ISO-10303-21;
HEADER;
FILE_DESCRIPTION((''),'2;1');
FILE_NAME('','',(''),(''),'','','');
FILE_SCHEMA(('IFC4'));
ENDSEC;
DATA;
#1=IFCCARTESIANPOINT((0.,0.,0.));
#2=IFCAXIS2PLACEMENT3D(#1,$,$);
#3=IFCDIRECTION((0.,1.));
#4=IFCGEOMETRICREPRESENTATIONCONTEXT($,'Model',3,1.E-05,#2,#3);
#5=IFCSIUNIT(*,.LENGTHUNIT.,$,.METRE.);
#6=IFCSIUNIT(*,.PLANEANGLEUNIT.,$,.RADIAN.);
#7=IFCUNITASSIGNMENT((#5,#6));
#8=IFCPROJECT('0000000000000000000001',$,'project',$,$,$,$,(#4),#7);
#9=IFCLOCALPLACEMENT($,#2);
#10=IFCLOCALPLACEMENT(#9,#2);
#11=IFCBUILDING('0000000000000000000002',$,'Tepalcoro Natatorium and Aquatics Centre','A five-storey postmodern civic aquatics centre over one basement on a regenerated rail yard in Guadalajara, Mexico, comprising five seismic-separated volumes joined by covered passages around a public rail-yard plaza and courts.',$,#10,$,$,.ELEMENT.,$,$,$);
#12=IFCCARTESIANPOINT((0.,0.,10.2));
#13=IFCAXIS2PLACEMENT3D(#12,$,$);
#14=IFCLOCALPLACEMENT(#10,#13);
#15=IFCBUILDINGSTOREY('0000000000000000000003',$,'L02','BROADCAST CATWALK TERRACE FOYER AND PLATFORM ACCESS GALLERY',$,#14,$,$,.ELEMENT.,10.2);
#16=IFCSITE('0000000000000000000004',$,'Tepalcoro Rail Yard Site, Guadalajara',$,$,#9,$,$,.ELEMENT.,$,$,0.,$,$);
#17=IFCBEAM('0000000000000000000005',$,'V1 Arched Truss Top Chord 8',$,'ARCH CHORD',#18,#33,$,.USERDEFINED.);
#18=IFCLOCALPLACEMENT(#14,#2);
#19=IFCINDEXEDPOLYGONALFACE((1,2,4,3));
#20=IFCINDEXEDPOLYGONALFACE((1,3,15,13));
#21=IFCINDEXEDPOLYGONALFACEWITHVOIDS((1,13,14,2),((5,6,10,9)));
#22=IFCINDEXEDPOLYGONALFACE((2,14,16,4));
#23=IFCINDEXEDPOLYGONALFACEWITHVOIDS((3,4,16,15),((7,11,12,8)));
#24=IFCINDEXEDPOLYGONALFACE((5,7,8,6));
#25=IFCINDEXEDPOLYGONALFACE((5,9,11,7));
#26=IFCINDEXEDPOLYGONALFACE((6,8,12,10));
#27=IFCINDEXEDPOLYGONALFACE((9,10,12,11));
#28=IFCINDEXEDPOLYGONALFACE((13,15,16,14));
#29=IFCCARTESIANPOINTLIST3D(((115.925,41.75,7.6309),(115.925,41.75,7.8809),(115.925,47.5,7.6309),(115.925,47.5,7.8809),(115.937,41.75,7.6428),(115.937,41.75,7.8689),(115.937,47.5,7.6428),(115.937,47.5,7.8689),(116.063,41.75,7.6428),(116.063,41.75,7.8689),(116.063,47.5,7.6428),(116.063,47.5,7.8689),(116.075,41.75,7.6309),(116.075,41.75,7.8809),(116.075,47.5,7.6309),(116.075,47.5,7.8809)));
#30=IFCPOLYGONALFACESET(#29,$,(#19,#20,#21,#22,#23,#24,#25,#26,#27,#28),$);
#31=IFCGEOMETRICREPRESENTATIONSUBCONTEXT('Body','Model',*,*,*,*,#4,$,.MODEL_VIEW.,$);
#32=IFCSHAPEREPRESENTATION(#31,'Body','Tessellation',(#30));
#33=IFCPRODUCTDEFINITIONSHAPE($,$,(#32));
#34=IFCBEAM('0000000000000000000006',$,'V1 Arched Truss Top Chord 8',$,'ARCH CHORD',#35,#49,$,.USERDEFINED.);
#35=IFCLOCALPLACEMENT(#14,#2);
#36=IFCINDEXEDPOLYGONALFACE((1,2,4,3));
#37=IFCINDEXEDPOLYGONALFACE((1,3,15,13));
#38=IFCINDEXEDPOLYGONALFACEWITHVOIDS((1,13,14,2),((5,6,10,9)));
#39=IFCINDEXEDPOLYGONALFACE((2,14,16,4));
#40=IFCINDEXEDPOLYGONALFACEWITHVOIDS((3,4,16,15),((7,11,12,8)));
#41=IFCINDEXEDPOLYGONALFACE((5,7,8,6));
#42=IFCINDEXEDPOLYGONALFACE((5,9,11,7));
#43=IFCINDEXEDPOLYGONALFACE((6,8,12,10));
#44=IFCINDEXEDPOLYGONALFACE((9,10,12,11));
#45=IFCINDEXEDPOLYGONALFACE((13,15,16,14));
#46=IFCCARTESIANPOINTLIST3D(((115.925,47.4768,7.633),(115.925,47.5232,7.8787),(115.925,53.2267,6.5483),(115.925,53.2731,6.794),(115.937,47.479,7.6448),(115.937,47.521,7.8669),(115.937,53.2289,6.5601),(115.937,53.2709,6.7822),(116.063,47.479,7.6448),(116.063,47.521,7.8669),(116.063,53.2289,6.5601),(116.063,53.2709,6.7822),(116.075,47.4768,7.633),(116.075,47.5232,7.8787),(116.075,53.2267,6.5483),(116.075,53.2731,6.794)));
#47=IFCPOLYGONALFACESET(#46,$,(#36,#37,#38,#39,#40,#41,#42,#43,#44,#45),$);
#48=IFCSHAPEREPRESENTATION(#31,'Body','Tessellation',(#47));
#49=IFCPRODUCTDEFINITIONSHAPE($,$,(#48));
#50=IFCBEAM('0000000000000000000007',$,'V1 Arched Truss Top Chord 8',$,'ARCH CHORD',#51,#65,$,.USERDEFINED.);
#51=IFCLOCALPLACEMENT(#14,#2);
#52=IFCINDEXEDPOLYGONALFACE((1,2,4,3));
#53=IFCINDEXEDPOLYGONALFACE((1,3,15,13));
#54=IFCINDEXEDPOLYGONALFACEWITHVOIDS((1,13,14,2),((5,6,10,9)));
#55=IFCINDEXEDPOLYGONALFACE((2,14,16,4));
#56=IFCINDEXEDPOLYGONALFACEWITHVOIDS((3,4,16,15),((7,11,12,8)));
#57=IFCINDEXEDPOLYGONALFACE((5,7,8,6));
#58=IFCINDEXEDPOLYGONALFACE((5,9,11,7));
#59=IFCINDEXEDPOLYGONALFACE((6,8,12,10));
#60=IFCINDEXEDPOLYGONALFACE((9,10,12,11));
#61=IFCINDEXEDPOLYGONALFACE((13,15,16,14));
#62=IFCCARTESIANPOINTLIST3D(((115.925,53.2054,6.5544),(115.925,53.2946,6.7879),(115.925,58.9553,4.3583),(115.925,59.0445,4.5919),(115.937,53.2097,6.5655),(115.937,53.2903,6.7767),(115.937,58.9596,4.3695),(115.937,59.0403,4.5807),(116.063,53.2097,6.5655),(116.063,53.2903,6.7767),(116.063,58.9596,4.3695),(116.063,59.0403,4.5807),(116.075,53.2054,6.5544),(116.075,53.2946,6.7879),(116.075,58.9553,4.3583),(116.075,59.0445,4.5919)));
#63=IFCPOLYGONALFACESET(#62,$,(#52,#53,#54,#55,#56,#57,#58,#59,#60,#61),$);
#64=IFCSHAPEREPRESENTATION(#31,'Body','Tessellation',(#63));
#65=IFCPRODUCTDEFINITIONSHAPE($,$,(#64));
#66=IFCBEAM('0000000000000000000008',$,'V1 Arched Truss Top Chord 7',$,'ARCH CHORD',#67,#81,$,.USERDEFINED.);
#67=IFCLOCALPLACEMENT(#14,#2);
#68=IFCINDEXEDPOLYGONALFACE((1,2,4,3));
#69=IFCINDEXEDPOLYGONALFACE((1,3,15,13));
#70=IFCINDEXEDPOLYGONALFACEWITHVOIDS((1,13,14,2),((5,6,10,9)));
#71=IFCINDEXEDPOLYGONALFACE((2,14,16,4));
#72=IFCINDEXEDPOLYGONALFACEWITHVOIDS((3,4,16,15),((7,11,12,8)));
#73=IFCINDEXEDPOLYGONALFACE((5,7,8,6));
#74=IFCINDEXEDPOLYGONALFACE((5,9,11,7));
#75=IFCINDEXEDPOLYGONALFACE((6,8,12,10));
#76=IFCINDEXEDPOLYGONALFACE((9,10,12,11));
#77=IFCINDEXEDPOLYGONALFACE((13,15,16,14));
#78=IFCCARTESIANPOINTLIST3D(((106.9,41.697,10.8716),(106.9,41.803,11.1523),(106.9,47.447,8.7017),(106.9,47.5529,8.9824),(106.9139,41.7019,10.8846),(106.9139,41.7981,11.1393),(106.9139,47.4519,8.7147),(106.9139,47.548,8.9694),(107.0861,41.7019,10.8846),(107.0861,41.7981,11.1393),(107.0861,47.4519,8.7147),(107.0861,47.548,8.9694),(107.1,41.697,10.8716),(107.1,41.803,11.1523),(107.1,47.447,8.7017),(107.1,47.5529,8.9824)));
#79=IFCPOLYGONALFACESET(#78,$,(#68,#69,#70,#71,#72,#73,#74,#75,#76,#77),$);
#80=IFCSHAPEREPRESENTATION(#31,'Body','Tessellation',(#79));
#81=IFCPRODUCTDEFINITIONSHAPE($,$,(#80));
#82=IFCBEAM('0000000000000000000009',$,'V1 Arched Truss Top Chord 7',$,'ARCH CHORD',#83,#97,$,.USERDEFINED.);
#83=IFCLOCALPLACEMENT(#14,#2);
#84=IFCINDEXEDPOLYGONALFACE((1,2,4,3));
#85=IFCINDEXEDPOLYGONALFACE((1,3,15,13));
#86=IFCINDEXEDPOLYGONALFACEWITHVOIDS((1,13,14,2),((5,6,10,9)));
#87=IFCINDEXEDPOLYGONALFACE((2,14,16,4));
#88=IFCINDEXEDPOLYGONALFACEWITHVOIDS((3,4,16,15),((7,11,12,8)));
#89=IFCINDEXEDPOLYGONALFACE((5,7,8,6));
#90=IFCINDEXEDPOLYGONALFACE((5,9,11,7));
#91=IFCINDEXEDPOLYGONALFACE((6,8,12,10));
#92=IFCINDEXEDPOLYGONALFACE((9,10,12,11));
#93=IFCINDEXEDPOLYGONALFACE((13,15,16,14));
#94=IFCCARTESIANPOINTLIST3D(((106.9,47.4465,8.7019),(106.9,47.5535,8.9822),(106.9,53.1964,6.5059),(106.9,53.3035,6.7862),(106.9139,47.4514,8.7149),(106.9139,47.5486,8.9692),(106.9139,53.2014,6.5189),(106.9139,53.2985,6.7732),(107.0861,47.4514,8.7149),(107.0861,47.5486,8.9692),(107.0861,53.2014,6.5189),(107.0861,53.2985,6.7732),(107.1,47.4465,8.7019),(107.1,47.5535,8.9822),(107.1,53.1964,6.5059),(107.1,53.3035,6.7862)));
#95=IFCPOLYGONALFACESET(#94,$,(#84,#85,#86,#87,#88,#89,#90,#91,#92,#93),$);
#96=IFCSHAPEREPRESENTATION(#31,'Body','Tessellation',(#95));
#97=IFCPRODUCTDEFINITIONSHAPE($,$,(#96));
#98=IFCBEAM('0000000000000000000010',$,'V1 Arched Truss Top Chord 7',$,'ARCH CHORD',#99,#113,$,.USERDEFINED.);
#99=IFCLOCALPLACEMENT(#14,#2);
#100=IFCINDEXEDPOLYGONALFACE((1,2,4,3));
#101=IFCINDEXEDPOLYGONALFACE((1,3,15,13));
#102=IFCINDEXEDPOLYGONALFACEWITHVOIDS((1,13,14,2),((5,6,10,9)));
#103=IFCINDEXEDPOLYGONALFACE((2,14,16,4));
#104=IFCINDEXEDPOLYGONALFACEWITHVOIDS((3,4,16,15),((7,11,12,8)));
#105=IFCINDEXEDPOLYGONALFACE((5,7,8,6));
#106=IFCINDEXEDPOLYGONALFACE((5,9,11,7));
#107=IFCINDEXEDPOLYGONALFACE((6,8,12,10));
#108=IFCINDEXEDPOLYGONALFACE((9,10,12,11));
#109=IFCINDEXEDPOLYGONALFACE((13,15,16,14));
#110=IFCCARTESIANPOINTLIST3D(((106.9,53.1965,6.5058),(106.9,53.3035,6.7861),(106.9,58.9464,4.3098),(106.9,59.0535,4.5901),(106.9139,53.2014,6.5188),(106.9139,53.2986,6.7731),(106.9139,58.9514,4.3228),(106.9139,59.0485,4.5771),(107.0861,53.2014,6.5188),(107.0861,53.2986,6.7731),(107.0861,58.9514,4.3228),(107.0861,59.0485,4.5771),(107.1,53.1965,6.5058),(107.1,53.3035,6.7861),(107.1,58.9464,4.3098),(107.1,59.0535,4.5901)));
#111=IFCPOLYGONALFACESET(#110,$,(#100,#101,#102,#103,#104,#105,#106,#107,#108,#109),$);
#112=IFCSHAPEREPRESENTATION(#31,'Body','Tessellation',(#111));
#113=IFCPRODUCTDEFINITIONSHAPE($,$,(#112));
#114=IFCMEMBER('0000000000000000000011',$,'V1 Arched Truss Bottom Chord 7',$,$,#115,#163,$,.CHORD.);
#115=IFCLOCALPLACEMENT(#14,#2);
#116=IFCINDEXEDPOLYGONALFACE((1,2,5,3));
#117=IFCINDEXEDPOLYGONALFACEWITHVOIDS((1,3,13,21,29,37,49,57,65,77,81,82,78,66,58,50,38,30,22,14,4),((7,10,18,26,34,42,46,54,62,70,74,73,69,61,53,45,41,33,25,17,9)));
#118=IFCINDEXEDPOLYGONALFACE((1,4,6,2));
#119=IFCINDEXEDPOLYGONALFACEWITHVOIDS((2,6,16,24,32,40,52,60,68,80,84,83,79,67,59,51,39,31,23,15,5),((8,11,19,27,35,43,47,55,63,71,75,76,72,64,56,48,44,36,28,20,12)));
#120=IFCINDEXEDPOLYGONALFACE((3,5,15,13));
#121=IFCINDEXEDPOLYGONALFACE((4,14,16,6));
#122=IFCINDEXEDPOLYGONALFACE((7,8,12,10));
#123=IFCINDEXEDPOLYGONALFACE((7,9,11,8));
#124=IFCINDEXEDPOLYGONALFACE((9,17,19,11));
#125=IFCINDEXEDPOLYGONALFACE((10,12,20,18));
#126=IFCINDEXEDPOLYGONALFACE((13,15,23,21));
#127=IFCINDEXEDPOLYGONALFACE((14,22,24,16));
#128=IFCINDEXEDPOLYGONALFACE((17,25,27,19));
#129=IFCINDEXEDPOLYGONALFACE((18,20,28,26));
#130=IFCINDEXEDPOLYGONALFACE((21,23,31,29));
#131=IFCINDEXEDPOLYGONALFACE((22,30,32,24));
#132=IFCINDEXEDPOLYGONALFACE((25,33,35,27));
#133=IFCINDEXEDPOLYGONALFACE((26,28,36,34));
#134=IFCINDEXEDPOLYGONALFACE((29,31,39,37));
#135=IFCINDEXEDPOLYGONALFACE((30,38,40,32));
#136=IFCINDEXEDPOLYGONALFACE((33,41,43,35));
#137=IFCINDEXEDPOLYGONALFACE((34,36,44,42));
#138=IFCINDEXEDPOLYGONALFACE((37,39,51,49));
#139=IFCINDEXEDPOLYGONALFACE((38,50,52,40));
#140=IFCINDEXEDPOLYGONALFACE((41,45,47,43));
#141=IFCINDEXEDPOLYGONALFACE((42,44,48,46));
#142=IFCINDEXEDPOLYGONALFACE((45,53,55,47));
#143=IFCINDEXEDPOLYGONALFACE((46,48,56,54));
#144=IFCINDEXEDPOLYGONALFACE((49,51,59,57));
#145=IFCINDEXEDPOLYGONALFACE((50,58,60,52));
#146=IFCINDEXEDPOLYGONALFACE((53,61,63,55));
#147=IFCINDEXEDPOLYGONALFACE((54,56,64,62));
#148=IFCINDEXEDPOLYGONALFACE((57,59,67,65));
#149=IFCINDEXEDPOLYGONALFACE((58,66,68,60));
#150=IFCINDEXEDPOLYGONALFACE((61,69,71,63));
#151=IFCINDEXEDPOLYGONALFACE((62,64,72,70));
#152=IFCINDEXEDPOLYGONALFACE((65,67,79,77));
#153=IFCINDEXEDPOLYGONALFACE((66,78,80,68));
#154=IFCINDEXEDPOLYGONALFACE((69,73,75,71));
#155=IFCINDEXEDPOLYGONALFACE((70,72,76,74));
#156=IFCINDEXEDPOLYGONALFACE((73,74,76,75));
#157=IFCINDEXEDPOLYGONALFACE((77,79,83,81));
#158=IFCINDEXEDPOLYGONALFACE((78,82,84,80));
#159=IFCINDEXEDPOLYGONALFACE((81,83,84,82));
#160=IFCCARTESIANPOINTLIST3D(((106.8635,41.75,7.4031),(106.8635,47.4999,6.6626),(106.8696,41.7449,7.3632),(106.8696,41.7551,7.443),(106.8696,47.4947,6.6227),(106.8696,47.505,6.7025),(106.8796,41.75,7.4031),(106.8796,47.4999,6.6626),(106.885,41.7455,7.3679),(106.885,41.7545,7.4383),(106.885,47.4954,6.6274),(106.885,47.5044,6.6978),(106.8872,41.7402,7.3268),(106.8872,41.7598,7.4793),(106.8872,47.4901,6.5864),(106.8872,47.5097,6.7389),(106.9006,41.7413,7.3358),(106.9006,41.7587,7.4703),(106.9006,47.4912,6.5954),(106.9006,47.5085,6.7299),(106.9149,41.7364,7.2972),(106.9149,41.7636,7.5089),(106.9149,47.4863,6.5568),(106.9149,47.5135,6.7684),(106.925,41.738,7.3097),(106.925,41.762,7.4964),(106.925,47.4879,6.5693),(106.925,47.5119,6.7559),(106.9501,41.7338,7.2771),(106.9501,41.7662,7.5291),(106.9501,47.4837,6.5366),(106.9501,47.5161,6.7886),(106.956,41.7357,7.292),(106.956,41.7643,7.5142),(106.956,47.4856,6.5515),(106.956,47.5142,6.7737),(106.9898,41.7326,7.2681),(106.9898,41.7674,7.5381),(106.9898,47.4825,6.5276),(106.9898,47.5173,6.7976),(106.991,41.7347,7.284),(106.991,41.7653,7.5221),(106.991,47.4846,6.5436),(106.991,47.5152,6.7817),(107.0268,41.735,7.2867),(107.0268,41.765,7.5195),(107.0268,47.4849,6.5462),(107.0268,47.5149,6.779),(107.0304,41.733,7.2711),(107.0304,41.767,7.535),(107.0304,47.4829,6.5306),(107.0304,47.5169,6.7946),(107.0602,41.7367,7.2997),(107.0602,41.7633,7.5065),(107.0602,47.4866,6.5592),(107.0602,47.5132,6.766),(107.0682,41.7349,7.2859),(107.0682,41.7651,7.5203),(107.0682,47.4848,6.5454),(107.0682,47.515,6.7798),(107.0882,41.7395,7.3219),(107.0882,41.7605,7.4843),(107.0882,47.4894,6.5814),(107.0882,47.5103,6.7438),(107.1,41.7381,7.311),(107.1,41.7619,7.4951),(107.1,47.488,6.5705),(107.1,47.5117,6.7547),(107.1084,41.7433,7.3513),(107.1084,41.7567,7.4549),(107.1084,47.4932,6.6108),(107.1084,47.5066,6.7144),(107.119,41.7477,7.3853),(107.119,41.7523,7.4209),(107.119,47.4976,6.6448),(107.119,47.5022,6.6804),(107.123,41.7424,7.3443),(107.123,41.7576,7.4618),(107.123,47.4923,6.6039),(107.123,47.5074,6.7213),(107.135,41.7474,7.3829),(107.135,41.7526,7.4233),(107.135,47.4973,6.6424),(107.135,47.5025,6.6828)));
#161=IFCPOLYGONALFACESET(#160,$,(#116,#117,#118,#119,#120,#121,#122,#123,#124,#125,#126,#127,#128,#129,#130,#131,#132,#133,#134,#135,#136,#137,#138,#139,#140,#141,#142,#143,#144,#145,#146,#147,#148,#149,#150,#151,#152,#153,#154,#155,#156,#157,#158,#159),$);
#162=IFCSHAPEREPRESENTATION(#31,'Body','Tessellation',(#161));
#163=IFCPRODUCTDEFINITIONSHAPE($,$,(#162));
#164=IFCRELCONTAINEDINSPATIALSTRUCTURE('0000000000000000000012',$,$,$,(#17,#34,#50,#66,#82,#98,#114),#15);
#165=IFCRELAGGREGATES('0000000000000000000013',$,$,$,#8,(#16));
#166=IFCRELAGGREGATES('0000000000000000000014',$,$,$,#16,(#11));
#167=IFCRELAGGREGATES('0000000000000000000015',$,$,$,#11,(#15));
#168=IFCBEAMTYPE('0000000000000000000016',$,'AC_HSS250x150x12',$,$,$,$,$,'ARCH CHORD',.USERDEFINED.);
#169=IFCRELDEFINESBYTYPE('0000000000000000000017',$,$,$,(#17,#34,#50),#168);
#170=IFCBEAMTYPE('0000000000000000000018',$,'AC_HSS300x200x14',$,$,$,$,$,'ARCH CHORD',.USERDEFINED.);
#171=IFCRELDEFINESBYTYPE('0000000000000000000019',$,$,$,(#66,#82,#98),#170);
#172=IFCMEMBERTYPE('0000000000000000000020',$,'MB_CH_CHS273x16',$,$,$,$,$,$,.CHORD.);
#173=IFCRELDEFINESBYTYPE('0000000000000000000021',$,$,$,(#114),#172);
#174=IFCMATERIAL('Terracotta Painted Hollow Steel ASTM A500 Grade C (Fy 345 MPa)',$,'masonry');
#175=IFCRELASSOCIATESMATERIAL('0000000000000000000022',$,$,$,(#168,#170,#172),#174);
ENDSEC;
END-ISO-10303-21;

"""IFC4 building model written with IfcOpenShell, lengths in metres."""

from ifc_helpers import new_model, si_unit, direction, frame, origin, origin_2d, place, context, subcontext, project, spatial, hollow_rectangle, hollow_circle, extrude, material, material_profile, profile_set, type_object, element, save


model = new_model("IFC4")

# Units and contexts
model_context = context("Model", 3, precision=1e-05, world=origin(), true_north=direction((0.0, 1.0)))
body_context = subcontext(model_context, "Body", "Model", "MODEL_VIEW")
ifc_project = project(units=[si_unit("LENGTHUNIT", "METRE"), si_unit("PLANEANGLEUNIT", "RADIAN")], contexts=[model_context])

# Site, building, storey
site_placement = place(None, origin())
site = spatial("IfcSite", under=ifc_project, at=site_placement, Name="Tepalcoro Rail Yard Site, Guadalajara", CompositionType="ELEMENT", RefElevation=0.0)
building_placement = place(site_placement, origin())
building = spatial("IfcBuilding", under=site, at=building_placement, Name="Tepalcoro Natatorium and Aquatics Centre", Description="A five-storey postmodern civic aquatics centre over one basement on a regenerated rail yard in Guadalajara, Mexico, comprising five seismic-separated volumes joined by covered passages around a public rail-yard plaza and courts.", CompositionType="ELEMENT")
storey_placement = place(building_placement, frame((0.0, 0.0, 10.2)))
storey = spatial("IfcBuildingStorey", under=building, at=storey_placement, Name="L02", Description="BROADCAST CATWALK TERRACE FOYER AND PLATFORM ACCESS GALLERY", CompositionType="ELEMENT", Elevation=10.2)

# Beams
ifc_material_1 = material(Name="Terracotta Painted Hollow Steel ASTM A500 Grade C (Fy 345 MPa)", Category="masonry")
ifc_material_profile_1 = material_profile(ifc_material_1, hollow_rectangle(XDim=0.1499, YDim=0.25, WallThickness=0.012, at=origin_2d()), Name="HSS250X150X12")
ifc_profile_set_1 = profile_set([ifc_material_profile_1], Name="Terracotta Painted Hollow Steel ASTM A500 Grade C (Fy 345 MPa)")
beam_type_1 = type_object("IfcBeamType", Name="AC_HSS250x150x12", ElementType="ARCH CHORD", PredefinedType="USERDEFINED", material=ifc_profile_set_1)
beam_1_placement = place(storey_placement, frame((116.0, 41.75, 7.7559), z_axis=(0.0, 1.0, 0.0), x_axis=(-1.0, 0.0, 0.0)))
element("IfcBeam", 1, at=beam_1_placement, inside=storey, type_object=beam_type_1, Name="V1 Arched Truss Top Chord 8", ObjectType="ARCH CHORD", PredefinedType="USERDEFINED", context=body_context, shape_type="SweptSolid", body=[
    extrude(hollow_rectangle(XDim=0.1499, YDim=0.25, WallThickness=0.012, at=origin_2d()), origin(), (0.0, 0.0, 1.0), 5.75),
])
beam_2_placement = place(storey_placement, frame((116.0, 47.5, 7.7559), z_axis=(0.0, 0.982668, -0.185377), x_axis=(-1.0, 0.0, 0.0)))
element("IfcBeam", 2, at=beam_2_placement, inside=storey, type_object=beam_type_1, Name="V1 Arched Truss Top Chord 8", ObjectType="ARCH CHORD", PredefinedType="USERDEFINED", context=body_context, shape_type="SweptSolid", body=[
    extrude(hollow_rectangle(XDim=0.1499, YDim=0.25, WallThickness=0.012, at=origin_2d()), origin(), (0.0, 0.0, 1.0), 5.8513),
])
beam_3_placement = place(storey_placement, frame((116.0, 53.25, 6.6711), z_axis=(0.0, 0.934186, -0.356785), x_axis=(-1.0, 0.0, 0.0)))
element("IfcBeam", 3, at=beam_3_placement, inside=storey, type_object=beam_type_1, Name="V1 Arched Truss Top Chord 8", ObjectType="ARCH CHORD", PredefinedType="USERDEFINED", context=body_context, shape_type="SweptSolid", body=[
    extrude(hollow_rectangle(XDim=0.1499, YDim=0.25, WallThickness=0.012, at=origin_2d()), origin(), (0.0, 0.0, 1.0), 6.155),
])
ifc_material_profile_2 = material_profile(ifc_material_1, hollow_rectangle(XDim=0.2, YDim=0.3, WallThickness=0.0139, at=origin_2d()), Name="HSS300X200X14")
ifc_profile_set_2 = profile_set([ifc_material_profile_2], Name="Terracotta Painted Hollow Steel ASTM A500 Grade C (Fy 345 MPa)")
beam_type_2 = type_object("IfcBeamType", Name="AC_HSS300x200x14", ElementType="ARCH CHORD", PredefinedType="USERDEFINED", material=ifc_profile_set_2)
beam_4_placement = place(storey_placement, frame((107.0, 41.75, 11.012), z_axis=(0.0, 0.935596, -0.353073), x_axis=(-1.0, 0.0, 0.0)))
element("IfcBeam", 4, at=beam_4_placement, inside=storey, type_object=beam_type_2, Name="V1 Arched Truss Top Chord 7", ObjectType="ARCH CHORD", PredefinedType="USERDEFINED", context=body_context, shape_type="SweptSolid", body=[
    extrude(hollow_rectangle(XDim=0.2, YDim=0.3, WallThickness=0.0139, at=origin_2d()), origin(), (0.0, 0.0, 1.0), 6.1458),
])
for number, where, z_axis, x_axis, name in (
    (5, (107.0, 47.5, 8.842), (0.0, 0.934186, -0.356785), (-1.0, 0.0, 0.0), "V1 Arched Truss Top Chord 7"),
    (6, (107.0, 53.25, 6.646), (0.0, 0.934186, -0.356785), (-1.0, 0.0, 0.0), "V1 Arched Truss Top Chord 7"),
):
    element("IfcBeam", number, at=place(storey_placement, frame(where, z_axis=z_axis, x_axis=x_axis)), inside=storey, type_object=beam_type_2, Name=name, ObjectType="ARCH CHORD", PredefinedType="USERDEFINED", context=body_context, shape_type="SweptSolid", body=[
        extrude(hollow_rectangle(XDim=0.2, YDim=0.3, WallThickness=0.0139, at=origin_2d()), origin(), (0.0, 0.0, 1.0), 6.155),
    ])

# Member
ifc_material_profile_3 = material_profile(ifc_material_1, hollow_circle(Radius=0.1365, WallThickness=0.0161, at=origin_2d()), Name="CHS273X16")
ifc_profile_set_3 = profile_set([ifc_material_profile_3], Name="Terracotta Painted Hollow Steel ASTM A500 Grade C (Fy 345 MPa)")
member_type_1 = type_object("IfcMemberType", Name="MB_CH_CHS273x16", PredefinedType="CHORD", material=ifc_profile_set_3)
member_1_placement = place(storey_placement, frame((107.0, 41.75, 7.4031), z_axis=(0.0, 0.99181, -0.127724), x_axis=(-1.0, 0.0, 0.0)))
element("IfcMember", 7, at=member_1_placement, inside=storey, type_object=member_type_1, Name="V1 Arched Truss Bottom Chord 7", PredefinedType="CHORD", context=body_context, shape_type="SweptSolid", body=[
    extrude(hollow_circle(Radius=0.1365, WallThickness=0.0161, at=origin_2d()), origin(), (0.0, 0.0, 1.0), 5.7974),
])

save(model, "model.ifc")
